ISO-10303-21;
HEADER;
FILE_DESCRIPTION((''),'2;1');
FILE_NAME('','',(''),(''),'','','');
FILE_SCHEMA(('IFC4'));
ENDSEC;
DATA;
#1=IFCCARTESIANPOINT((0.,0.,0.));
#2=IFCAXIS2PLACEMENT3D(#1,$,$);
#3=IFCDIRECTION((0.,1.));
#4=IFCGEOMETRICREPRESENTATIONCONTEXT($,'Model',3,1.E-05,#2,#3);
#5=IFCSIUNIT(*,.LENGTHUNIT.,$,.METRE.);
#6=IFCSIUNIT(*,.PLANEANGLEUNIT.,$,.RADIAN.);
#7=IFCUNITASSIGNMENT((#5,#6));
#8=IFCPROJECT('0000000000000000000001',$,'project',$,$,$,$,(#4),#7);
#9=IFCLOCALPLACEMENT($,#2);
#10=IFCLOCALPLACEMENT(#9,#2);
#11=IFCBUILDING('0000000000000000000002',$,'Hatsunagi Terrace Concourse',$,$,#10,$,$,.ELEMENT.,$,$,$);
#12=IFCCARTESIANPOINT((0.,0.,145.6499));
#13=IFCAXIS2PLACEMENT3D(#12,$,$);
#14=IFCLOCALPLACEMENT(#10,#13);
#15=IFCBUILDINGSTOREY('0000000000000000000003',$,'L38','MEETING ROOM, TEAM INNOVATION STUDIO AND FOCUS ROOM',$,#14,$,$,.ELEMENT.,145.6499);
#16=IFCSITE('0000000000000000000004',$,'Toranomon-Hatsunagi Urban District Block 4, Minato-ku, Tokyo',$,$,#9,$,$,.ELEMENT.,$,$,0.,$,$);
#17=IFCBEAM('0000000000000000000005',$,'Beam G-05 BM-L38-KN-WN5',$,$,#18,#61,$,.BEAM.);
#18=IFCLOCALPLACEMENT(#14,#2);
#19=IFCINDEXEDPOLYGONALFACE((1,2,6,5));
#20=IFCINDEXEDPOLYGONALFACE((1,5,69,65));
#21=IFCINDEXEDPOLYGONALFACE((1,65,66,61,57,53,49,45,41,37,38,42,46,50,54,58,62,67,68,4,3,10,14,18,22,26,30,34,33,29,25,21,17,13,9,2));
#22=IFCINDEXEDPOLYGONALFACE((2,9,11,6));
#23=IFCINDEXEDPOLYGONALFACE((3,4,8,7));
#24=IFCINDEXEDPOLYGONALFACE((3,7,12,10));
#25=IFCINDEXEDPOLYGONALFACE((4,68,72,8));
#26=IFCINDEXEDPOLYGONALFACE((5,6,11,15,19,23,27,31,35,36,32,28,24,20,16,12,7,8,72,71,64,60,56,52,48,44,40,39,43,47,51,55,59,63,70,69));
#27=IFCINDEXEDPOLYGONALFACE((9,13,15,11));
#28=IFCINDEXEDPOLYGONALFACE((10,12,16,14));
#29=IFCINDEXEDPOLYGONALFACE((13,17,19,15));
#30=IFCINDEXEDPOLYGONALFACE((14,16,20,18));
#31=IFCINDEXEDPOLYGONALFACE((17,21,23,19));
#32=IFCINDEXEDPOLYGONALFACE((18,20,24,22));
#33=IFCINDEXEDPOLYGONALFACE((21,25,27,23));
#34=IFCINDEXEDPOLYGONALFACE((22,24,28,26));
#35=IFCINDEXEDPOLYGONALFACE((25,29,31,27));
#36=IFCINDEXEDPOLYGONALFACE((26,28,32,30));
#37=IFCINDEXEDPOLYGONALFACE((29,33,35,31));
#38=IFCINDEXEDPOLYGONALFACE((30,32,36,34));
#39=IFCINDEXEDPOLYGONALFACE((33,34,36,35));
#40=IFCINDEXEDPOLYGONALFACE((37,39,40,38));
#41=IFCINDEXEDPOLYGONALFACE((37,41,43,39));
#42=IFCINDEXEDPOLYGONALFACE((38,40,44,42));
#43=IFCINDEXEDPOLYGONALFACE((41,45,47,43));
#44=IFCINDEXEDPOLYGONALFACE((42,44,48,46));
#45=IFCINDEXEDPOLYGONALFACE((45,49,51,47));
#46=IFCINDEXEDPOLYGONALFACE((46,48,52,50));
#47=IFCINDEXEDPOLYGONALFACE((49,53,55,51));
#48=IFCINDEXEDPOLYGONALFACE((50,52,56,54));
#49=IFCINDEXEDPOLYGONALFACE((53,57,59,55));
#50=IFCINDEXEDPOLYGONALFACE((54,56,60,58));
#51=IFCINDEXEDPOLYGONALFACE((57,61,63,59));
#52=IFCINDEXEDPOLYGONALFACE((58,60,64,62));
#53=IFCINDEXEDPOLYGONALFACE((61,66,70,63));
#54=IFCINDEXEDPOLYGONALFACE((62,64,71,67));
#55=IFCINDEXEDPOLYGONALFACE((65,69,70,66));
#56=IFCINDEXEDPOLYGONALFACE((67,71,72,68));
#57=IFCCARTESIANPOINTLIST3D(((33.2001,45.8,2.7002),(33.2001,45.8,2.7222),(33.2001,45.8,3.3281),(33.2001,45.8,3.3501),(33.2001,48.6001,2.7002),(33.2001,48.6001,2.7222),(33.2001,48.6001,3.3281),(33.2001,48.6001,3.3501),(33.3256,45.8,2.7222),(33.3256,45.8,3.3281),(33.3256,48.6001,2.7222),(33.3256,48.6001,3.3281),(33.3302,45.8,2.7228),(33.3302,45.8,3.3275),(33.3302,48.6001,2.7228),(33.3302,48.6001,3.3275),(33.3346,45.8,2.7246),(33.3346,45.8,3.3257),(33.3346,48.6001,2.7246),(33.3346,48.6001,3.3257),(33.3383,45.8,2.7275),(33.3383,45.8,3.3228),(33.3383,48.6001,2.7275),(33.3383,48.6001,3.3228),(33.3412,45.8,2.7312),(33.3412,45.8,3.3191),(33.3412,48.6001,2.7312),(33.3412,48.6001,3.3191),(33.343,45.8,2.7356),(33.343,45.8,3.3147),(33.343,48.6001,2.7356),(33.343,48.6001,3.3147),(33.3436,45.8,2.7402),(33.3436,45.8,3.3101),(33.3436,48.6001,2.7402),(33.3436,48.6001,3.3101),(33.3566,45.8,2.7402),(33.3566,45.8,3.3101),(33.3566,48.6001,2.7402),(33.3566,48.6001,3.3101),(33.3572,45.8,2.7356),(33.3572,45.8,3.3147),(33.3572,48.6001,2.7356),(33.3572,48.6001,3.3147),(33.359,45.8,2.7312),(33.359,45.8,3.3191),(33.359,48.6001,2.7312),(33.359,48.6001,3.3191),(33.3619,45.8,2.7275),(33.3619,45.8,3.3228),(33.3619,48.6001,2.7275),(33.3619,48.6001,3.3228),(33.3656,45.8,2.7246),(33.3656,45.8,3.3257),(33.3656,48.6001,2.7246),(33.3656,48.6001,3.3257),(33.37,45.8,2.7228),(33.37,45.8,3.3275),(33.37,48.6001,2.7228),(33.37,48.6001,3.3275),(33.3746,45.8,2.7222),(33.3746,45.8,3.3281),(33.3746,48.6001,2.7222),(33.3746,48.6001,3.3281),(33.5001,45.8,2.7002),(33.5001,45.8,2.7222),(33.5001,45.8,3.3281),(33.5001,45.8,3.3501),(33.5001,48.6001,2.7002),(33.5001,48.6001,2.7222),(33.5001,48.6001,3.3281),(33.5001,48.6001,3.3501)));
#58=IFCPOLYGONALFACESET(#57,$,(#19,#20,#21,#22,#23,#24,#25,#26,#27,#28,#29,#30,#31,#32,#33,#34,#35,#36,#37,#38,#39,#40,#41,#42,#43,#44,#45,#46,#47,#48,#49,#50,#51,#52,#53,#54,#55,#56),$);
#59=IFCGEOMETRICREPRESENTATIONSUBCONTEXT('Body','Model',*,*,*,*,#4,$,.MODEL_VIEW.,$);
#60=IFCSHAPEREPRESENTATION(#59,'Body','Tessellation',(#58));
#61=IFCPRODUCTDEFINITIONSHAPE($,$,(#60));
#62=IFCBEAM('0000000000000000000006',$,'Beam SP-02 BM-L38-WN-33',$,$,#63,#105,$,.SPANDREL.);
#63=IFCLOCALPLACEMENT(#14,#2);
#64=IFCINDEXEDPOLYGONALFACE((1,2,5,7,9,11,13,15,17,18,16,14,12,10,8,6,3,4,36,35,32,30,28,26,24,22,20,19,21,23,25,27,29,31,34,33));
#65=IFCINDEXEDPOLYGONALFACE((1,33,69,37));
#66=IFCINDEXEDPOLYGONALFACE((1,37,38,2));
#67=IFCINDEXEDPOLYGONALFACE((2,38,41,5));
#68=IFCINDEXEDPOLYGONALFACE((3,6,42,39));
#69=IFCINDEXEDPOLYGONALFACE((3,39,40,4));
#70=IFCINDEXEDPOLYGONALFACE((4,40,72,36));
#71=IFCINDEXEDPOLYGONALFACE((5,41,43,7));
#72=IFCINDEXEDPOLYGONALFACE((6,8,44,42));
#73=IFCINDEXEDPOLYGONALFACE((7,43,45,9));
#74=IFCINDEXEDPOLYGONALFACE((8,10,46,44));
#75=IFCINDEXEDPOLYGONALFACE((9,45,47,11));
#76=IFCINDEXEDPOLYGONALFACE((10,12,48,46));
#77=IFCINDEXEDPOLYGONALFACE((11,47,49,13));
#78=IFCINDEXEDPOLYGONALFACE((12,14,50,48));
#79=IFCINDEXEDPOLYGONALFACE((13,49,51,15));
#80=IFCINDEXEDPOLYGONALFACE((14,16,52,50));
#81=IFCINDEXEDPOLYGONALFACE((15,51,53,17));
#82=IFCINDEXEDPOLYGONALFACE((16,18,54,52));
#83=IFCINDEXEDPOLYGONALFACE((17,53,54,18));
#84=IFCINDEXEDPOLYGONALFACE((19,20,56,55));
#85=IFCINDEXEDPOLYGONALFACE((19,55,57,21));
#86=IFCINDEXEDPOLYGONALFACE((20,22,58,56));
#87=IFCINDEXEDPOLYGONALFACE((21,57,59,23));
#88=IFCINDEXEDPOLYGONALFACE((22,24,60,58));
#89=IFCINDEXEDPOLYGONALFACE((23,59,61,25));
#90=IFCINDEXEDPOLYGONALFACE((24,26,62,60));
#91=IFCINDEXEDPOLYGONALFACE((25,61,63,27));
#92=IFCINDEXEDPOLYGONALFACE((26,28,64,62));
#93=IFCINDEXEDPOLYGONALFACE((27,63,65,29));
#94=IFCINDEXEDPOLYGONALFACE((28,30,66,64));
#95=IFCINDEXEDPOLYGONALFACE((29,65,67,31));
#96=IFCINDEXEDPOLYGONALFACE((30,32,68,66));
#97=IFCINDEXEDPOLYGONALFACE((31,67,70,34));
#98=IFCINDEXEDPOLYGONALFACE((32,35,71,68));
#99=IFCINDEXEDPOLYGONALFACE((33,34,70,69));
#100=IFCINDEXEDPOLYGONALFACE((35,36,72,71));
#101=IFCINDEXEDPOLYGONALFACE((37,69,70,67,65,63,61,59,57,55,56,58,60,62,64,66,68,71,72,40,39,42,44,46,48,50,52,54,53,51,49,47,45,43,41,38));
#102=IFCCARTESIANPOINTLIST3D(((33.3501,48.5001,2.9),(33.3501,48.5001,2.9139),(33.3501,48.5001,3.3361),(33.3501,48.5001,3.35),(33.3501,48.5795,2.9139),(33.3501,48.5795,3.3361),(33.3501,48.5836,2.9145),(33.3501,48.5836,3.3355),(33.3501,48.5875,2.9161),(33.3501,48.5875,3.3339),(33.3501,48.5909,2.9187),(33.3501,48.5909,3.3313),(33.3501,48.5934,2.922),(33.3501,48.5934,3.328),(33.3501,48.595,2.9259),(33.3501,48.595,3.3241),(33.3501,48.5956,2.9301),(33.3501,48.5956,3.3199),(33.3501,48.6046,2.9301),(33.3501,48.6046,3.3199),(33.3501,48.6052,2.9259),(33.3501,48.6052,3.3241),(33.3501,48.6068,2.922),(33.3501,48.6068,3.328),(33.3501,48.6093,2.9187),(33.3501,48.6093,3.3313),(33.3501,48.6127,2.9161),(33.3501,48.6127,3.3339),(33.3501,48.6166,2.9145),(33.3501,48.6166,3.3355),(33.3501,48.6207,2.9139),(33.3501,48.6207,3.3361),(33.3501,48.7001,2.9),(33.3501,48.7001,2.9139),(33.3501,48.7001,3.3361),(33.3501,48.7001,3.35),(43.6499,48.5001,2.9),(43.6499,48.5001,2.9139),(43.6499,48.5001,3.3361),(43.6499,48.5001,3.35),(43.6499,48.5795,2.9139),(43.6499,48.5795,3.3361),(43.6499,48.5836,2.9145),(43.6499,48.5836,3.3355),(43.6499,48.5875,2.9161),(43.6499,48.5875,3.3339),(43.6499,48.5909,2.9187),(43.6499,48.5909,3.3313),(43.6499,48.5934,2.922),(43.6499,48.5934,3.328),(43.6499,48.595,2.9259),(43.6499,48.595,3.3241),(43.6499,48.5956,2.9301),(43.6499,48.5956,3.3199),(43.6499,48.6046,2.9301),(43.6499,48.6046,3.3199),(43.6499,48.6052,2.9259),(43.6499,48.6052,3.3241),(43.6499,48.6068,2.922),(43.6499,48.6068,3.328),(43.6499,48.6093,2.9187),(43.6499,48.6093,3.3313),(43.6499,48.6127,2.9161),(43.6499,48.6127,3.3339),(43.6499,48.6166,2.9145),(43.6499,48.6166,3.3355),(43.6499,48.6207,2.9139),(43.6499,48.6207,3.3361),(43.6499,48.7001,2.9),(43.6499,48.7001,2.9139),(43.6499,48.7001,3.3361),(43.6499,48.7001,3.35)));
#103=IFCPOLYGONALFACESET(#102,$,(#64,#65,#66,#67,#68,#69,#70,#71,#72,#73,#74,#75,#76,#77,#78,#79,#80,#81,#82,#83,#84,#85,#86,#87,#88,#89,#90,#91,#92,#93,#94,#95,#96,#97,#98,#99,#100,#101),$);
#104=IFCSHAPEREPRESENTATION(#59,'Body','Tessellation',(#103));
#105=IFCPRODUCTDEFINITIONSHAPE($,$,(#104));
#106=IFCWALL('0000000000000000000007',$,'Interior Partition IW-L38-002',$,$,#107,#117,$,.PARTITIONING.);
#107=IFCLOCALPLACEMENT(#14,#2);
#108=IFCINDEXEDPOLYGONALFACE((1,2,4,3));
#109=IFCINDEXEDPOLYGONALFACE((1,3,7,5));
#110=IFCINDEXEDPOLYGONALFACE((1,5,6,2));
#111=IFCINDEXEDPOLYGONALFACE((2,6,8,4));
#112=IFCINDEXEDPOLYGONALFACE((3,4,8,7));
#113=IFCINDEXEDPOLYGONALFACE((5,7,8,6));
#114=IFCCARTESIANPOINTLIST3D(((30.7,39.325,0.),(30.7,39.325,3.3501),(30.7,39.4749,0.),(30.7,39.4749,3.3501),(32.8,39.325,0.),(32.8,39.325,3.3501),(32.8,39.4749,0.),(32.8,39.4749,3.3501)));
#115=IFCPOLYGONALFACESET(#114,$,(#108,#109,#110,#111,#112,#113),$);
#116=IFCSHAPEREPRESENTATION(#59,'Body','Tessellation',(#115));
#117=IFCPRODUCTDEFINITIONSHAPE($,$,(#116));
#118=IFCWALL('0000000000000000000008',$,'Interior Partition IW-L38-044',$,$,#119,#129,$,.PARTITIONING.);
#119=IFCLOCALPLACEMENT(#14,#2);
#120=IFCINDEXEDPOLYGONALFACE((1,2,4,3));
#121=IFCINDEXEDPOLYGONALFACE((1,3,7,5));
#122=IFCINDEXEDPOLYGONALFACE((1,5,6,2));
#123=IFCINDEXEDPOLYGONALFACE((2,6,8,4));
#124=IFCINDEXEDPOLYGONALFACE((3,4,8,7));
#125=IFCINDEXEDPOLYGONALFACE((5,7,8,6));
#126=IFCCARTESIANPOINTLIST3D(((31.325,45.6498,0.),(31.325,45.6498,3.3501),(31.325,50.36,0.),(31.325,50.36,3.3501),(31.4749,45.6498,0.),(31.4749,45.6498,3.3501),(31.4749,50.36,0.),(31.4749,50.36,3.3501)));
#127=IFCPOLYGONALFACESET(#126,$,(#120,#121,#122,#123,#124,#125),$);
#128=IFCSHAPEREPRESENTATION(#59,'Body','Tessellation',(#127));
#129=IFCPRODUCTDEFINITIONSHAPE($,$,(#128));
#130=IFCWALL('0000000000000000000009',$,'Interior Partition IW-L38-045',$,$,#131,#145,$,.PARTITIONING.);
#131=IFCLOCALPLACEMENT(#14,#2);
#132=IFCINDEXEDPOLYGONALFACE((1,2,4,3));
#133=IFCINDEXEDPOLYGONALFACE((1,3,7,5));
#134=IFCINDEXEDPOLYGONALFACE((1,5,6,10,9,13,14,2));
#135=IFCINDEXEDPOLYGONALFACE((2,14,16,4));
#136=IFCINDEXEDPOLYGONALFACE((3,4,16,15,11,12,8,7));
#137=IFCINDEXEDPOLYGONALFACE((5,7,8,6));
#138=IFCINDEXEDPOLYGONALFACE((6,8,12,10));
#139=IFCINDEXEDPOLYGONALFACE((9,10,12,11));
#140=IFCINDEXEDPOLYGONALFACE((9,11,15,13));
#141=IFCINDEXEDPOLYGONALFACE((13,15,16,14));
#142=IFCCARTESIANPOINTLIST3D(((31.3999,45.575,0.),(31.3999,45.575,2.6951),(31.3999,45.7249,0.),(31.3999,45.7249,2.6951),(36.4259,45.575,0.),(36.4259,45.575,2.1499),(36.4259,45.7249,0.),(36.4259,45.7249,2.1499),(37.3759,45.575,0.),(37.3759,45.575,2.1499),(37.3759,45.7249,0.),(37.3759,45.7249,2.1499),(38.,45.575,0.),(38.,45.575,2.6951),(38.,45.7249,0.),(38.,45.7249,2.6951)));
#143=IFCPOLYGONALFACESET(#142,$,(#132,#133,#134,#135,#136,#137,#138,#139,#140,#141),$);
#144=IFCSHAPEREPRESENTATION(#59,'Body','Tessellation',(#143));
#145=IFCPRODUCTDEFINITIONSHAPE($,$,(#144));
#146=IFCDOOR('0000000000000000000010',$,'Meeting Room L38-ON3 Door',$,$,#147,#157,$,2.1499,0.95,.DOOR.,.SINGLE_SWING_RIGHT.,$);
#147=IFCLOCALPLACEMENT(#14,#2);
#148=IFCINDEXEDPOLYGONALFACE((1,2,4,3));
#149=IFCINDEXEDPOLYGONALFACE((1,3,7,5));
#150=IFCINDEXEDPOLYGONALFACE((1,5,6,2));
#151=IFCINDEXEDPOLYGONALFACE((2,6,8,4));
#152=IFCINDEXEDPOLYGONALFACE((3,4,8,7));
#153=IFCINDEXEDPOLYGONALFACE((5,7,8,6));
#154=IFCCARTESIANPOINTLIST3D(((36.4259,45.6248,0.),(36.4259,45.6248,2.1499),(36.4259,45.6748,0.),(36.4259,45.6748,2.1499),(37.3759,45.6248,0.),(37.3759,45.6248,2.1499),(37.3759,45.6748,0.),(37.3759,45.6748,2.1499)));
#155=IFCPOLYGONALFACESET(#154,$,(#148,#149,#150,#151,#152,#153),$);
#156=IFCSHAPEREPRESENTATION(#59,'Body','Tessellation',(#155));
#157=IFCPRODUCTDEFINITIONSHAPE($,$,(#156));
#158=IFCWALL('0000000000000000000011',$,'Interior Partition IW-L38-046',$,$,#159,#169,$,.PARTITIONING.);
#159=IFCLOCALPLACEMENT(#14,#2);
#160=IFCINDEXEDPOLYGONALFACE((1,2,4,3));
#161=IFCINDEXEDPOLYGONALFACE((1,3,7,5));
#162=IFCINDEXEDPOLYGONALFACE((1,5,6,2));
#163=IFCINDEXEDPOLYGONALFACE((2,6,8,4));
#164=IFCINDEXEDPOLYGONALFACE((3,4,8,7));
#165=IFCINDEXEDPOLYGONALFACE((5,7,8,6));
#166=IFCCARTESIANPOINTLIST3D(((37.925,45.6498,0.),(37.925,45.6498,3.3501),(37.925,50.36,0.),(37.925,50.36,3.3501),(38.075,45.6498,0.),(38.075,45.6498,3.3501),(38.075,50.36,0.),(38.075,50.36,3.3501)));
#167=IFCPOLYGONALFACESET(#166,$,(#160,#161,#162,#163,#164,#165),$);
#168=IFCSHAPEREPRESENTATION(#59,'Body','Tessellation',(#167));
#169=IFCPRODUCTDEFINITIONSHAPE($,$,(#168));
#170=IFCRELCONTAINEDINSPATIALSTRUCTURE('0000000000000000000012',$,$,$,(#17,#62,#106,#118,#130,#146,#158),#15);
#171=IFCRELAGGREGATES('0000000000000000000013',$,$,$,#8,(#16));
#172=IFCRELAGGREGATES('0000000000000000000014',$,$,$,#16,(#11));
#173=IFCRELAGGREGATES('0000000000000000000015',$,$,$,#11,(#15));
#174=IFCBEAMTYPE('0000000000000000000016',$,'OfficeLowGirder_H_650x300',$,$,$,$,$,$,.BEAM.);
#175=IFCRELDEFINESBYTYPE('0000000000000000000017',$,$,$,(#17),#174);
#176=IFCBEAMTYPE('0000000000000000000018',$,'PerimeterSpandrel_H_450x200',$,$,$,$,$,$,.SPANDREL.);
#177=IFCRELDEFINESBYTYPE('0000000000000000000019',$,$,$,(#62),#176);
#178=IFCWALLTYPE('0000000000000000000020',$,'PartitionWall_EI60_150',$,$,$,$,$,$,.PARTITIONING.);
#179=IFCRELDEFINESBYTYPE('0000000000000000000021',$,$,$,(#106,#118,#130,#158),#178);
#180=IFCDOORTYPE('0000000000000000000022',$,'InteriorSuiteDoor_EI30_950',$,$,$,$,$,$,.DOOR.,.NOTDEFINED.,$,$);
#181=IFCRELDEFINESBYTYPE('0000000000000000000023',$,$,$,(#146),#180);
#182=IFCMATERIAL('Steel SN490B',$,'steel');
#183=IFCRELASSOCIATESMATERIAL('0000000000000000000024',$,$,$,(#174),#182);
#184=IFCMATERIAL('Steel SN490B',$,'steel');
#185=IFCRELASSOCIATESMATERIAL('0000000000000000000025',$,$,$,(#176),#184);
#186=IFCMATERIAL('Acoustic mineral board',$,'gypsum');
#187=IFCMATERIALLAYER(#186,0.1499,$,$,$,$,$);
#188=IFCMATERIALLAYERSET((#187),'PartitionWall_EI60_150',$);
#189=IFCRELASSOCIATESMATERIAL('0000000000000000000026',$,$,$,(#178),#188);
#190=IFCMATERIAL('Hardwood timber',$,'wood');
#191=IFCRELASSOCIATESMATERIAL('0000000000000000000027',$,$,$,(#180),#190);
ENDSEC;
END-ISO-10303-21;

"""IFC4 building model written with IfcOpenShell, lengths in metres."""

from ifc_helpers import new_model, si_unit, direction, frame, frame_2d, origin, origin_2d, place, context, subcontext, project, spatial, rectangle, i_section, extrude, material, layer, layer_set, material_profile, profile_set, type_object, element, fill, save


model = new_model("IFC4")

# Units and contexts
model_context = context("Model", 3, precision=1e-05, world=origin(), true_north=direction((0.0, 1.0)))
body_context = subcontext(model_context, "Body", "Model", "MODEL_VIEW")
ifc_project = project(units=[si_unit("LENGTHUNIT", "METRE"), si_unit("PLANEANGLEUNIT", "RADIAN")], contexts=[model_context])

# Site, building, storey
site_placement = place(None, origin())
site = spatial("IfcSite", under=ifc_project, at=site_placement, Name="Toranomon-Hatsunagi Urban District Block 4, Minato-ku, Tokyo", CompositionType="ELEMENT", RefElevation=0.0)
building_placement = place(site_placement, origin())
building = spatial("IfcBuilding", under=site, at=building_placement, Name="Hatsunagi Terrace Concourse", CompositionType="ELEMENT")
storey_placement = place(building_placement, frame((0.0, 0.0, 145.6499)))
storey = spatial("IfcBuildingStorey", under=building, at=storey_placement, Name="L38", Description="MEETING ROOM, TEAM INNOVATION STUDIO AND FOCUS ROOM", CompositionType="ELEMENT", Elevation=145.6499)

# Beams
ifc_material_1 = material(Name="Steel SN490B", Category="steel")
ifc_material_profile_1 = material_profile(ifc_material_1, i_section(OverallWidth=0.3, OverallDepth=0.6499, WebThickness=0.0129, FlangeThickness=0.022, FilletRadius=0.0181, at=origin_2d()), Name="H-650x300x13x22")
ifc_profile_set_1 = profile_set([ifc_material_profile_1], Name="Steel SN490B")
beam_type_1 = type_object("IfcBeamType", Name="OfficeLowGirder_H_650x300", PredefinedType="BEAM", material=ifc_profile_set_1)
beam_1_placement = place(storey_placement, frame((33.3501, 45.8, 3.0251), z_axis=(0.0, 1.0, 0.0), x_axis=(-1.0, 0.0, 0.0)))
element("IfcBeam", 1, at=beam_1_placement, inside=storey, type_object=beam_type_1, Name="Beam G-05 BM-L38-KN-WN5", PredefinedType="BEAM", context=body_context, shape_type="SweptSolid", body=[
    extrude(i_section(OverallWidth=0.3, OverallDepth=0.6499, WebThickness=0.0129, FlangeThickness=0.022, FilletRadius=0.0181, at=origin_2d()), origin(), (0.0, 0.0, 1.0), 2.8),
])
ifc_material_2 = material(Name="Steel SN490B", Category="steel")
ifc_material_profile_2 = material_profile(ifc_material_2, i_section(OverallWidth=0.2, OverallDepth=0.45, WebThickness=0.009, FlangeThickness=0.0139, FilletRadius=0.0161, at=origin_2d()), Name="H-450x200x9x14")
ifc_profile_set_2 = profile_set([ifc_material_profile_2], Name="Steel SN490B")
beam_type_2 = type_object("IfcBeamType", Name="PerimeterSpandrel_H_450x200", PredefinedType="SPANDREL", material=ifc_profile_set_2)
beam_2_placement = place(storey_placement, frame((33.3501, 48.6001, 3.125), z_axis=(1.0, 0.0, 0.0), x_axis=(0.0, 1.0, 0.0)))
element("IfcBeam", 2, at=beam_2_placement, inside=storey, type_object=beam_type_2, Name="Beam SP-02 BM-L38-WN-33", PredefinedType="SPANDREL", context=body_context, shape_type="SweptSolid", body=[
    extrude(i_section(OverallWidth=0.2, OverallDepth=0.45, WebThickness=0.009, FlangeThickness=0.0139, FilletRadius=0.0161, at=origin_2d()), origin(), (0.0, 0.0, 1.0), 10.2998),
])

# Walls
ifc_material_3 = material(Name="Acoustic mineral board", Category="gypsum")
ifc_layer_1 = layer(ifc_material_3, 0.1499)
ifc_layer_set_1 = layer_set([ifc_layer_1], Name="PartitionWall_EI60_150")
wall_type_1 = type_object("IfcWallType", Name="PartitionWall_EI60_150", PredefinedType="PARTITIONING", material=ifc_layer_set_1)
wall_1_placement = place(storey_placement, frame((30.7, 39.3999, 0.0), z_axis=(0.0, 0.0, 1.0), x_axis=(1.0, 0.0, 0.0)))
element("IfcWall", 3, at=wall_1_placement, inside=storey, type_object=wall_type_1, Name="Interior Partition IW-L38-002", PredefinedType="PARTITIONING", context=body_context, shape_type="SweptSolid", body=[
    extrude(rectangle(XDim=2.1001, YDim=0.1499, at=frame_2d((1.05, 0.0))), origin(), (0.0, 0.0, 1.0), 3.3501),
])
wall_2_placement = place(storey_placement, frame((31.3999, 45.6499, 0.0), z_axis=(0.0, 0.0, 1.0), x_axis=(0.0, 1.0, 0.0)))
element("IfcWall", 4, at=wall_2_placement, inside=storey, type_object=wall_type_1, Name="Interior Partition IW-L38-044", PredefinedType="PARTITIONING", context=body_context, shape_type="SweptSolid", body=[
    extrude(rectangle(XDim=4.7102, YDim=0.1499, at=frame_2d((2.355, 0.0))), origin(), (0.0, 0.0, 1.0), 3.3501),
])

# Wall, opening, door
wall_3_placement = place(storey_placement, frame((31.3999, 45.6499, 0.0), z_axis=(0.0, 0.0, 1.0), x_axis=(1.0, 0.0, 0.0)))
wall_3 = element("IfcWall", 5, at=wall_3_placement, inside=storey, type_object=wall_type_1, Name="Interior Partition IW-L38-045", PredefinedType="PARTITIONING", context=body_context, shape_type="SweptSolid", body=[
    extrude(rectangle(XDim=6.6001, YDim=0.1499, at=frame_2d((3.3, 0.0))), origin(), (0.0, 0.0, 1.0), 2.6951),
])
opening_1_placement = place(wall_3_placement, frame((5.0259, 0.0, 0.0)))
opening_1 = element("IfcOpeningElement", 6, at=opening_1_placement, cuts=wall_3, PredefinedType="OPENING", context=body_context, shape_type="SweptSolid", body=[
    extrude(rectangle(XDim=0.95, YDim=2.1499, at=frame_2d((0.4751, 1.075))), frame((0.0, 0.085, 0.0), z_axis=(0.0, -1.0, 0.0), x_axis=(1.0, 0.0, 0.0)), (0.0, 0.0, 1.0), 0.1699),
])
ifc_material_4 = material(Name="Hardwood timber", Category="wood")
door_type_1 = type_object("IfcDoorType", Name="InteriorSuiteDoor_EI30_950", OperationType="NOTDEFINED", PredefinedType="DOOR", material=ifc_material_4)
door_1_placement = place(opening_1_placement, origin())
door_1 = element("IfcDoor", 7, at=door_1_placement, inside=storey, type_object=door_type_1, Name="Meeting Room L38-ON3 Door", OperationType="SINGLE_SWING_RIGHT", OverallHeight=2.1499, OverallWidth=0.95, PredefinedType="DOOR", context=body_context, shape_type="SweptSolid", body=[
    extrude(rectangle(XDim=0.95, YDim=2.1499, at=frame_2d((0.4751, 1.075))), frame((0.0, 0.0249, 0.0), z_axis=(0.0, -1.0, 0.0), x_axis=(1.0, 0.0, 0.0)), (0.0, 0.0, 1.0), 0.05),
])
fill(opening_1, door_1)

# Wall
wall_4_placement = place(storey_placement, frame((38.0, 45.6499, 0.0), z_axis=(0.0, 0.0, 1.0), x_axis=(0.0, 1.0, 0.0)))
element("IfcWall", 8, at=wall_4_placement, inside=storey, type_object=wall_type_1, Name="Interior Partition IW-L38-046", PredefinedType="PARTITIONING", context=body_context, shape_type="SweptSolid", body=[
    extrude(rectangle(XDim=4.7102, YDim=0.1499, at=frame_2d((2.355, 0.0))), origin(), (0.0, 0.0, 1.0), 3.3501),
])

save(model, "model.ifc")
